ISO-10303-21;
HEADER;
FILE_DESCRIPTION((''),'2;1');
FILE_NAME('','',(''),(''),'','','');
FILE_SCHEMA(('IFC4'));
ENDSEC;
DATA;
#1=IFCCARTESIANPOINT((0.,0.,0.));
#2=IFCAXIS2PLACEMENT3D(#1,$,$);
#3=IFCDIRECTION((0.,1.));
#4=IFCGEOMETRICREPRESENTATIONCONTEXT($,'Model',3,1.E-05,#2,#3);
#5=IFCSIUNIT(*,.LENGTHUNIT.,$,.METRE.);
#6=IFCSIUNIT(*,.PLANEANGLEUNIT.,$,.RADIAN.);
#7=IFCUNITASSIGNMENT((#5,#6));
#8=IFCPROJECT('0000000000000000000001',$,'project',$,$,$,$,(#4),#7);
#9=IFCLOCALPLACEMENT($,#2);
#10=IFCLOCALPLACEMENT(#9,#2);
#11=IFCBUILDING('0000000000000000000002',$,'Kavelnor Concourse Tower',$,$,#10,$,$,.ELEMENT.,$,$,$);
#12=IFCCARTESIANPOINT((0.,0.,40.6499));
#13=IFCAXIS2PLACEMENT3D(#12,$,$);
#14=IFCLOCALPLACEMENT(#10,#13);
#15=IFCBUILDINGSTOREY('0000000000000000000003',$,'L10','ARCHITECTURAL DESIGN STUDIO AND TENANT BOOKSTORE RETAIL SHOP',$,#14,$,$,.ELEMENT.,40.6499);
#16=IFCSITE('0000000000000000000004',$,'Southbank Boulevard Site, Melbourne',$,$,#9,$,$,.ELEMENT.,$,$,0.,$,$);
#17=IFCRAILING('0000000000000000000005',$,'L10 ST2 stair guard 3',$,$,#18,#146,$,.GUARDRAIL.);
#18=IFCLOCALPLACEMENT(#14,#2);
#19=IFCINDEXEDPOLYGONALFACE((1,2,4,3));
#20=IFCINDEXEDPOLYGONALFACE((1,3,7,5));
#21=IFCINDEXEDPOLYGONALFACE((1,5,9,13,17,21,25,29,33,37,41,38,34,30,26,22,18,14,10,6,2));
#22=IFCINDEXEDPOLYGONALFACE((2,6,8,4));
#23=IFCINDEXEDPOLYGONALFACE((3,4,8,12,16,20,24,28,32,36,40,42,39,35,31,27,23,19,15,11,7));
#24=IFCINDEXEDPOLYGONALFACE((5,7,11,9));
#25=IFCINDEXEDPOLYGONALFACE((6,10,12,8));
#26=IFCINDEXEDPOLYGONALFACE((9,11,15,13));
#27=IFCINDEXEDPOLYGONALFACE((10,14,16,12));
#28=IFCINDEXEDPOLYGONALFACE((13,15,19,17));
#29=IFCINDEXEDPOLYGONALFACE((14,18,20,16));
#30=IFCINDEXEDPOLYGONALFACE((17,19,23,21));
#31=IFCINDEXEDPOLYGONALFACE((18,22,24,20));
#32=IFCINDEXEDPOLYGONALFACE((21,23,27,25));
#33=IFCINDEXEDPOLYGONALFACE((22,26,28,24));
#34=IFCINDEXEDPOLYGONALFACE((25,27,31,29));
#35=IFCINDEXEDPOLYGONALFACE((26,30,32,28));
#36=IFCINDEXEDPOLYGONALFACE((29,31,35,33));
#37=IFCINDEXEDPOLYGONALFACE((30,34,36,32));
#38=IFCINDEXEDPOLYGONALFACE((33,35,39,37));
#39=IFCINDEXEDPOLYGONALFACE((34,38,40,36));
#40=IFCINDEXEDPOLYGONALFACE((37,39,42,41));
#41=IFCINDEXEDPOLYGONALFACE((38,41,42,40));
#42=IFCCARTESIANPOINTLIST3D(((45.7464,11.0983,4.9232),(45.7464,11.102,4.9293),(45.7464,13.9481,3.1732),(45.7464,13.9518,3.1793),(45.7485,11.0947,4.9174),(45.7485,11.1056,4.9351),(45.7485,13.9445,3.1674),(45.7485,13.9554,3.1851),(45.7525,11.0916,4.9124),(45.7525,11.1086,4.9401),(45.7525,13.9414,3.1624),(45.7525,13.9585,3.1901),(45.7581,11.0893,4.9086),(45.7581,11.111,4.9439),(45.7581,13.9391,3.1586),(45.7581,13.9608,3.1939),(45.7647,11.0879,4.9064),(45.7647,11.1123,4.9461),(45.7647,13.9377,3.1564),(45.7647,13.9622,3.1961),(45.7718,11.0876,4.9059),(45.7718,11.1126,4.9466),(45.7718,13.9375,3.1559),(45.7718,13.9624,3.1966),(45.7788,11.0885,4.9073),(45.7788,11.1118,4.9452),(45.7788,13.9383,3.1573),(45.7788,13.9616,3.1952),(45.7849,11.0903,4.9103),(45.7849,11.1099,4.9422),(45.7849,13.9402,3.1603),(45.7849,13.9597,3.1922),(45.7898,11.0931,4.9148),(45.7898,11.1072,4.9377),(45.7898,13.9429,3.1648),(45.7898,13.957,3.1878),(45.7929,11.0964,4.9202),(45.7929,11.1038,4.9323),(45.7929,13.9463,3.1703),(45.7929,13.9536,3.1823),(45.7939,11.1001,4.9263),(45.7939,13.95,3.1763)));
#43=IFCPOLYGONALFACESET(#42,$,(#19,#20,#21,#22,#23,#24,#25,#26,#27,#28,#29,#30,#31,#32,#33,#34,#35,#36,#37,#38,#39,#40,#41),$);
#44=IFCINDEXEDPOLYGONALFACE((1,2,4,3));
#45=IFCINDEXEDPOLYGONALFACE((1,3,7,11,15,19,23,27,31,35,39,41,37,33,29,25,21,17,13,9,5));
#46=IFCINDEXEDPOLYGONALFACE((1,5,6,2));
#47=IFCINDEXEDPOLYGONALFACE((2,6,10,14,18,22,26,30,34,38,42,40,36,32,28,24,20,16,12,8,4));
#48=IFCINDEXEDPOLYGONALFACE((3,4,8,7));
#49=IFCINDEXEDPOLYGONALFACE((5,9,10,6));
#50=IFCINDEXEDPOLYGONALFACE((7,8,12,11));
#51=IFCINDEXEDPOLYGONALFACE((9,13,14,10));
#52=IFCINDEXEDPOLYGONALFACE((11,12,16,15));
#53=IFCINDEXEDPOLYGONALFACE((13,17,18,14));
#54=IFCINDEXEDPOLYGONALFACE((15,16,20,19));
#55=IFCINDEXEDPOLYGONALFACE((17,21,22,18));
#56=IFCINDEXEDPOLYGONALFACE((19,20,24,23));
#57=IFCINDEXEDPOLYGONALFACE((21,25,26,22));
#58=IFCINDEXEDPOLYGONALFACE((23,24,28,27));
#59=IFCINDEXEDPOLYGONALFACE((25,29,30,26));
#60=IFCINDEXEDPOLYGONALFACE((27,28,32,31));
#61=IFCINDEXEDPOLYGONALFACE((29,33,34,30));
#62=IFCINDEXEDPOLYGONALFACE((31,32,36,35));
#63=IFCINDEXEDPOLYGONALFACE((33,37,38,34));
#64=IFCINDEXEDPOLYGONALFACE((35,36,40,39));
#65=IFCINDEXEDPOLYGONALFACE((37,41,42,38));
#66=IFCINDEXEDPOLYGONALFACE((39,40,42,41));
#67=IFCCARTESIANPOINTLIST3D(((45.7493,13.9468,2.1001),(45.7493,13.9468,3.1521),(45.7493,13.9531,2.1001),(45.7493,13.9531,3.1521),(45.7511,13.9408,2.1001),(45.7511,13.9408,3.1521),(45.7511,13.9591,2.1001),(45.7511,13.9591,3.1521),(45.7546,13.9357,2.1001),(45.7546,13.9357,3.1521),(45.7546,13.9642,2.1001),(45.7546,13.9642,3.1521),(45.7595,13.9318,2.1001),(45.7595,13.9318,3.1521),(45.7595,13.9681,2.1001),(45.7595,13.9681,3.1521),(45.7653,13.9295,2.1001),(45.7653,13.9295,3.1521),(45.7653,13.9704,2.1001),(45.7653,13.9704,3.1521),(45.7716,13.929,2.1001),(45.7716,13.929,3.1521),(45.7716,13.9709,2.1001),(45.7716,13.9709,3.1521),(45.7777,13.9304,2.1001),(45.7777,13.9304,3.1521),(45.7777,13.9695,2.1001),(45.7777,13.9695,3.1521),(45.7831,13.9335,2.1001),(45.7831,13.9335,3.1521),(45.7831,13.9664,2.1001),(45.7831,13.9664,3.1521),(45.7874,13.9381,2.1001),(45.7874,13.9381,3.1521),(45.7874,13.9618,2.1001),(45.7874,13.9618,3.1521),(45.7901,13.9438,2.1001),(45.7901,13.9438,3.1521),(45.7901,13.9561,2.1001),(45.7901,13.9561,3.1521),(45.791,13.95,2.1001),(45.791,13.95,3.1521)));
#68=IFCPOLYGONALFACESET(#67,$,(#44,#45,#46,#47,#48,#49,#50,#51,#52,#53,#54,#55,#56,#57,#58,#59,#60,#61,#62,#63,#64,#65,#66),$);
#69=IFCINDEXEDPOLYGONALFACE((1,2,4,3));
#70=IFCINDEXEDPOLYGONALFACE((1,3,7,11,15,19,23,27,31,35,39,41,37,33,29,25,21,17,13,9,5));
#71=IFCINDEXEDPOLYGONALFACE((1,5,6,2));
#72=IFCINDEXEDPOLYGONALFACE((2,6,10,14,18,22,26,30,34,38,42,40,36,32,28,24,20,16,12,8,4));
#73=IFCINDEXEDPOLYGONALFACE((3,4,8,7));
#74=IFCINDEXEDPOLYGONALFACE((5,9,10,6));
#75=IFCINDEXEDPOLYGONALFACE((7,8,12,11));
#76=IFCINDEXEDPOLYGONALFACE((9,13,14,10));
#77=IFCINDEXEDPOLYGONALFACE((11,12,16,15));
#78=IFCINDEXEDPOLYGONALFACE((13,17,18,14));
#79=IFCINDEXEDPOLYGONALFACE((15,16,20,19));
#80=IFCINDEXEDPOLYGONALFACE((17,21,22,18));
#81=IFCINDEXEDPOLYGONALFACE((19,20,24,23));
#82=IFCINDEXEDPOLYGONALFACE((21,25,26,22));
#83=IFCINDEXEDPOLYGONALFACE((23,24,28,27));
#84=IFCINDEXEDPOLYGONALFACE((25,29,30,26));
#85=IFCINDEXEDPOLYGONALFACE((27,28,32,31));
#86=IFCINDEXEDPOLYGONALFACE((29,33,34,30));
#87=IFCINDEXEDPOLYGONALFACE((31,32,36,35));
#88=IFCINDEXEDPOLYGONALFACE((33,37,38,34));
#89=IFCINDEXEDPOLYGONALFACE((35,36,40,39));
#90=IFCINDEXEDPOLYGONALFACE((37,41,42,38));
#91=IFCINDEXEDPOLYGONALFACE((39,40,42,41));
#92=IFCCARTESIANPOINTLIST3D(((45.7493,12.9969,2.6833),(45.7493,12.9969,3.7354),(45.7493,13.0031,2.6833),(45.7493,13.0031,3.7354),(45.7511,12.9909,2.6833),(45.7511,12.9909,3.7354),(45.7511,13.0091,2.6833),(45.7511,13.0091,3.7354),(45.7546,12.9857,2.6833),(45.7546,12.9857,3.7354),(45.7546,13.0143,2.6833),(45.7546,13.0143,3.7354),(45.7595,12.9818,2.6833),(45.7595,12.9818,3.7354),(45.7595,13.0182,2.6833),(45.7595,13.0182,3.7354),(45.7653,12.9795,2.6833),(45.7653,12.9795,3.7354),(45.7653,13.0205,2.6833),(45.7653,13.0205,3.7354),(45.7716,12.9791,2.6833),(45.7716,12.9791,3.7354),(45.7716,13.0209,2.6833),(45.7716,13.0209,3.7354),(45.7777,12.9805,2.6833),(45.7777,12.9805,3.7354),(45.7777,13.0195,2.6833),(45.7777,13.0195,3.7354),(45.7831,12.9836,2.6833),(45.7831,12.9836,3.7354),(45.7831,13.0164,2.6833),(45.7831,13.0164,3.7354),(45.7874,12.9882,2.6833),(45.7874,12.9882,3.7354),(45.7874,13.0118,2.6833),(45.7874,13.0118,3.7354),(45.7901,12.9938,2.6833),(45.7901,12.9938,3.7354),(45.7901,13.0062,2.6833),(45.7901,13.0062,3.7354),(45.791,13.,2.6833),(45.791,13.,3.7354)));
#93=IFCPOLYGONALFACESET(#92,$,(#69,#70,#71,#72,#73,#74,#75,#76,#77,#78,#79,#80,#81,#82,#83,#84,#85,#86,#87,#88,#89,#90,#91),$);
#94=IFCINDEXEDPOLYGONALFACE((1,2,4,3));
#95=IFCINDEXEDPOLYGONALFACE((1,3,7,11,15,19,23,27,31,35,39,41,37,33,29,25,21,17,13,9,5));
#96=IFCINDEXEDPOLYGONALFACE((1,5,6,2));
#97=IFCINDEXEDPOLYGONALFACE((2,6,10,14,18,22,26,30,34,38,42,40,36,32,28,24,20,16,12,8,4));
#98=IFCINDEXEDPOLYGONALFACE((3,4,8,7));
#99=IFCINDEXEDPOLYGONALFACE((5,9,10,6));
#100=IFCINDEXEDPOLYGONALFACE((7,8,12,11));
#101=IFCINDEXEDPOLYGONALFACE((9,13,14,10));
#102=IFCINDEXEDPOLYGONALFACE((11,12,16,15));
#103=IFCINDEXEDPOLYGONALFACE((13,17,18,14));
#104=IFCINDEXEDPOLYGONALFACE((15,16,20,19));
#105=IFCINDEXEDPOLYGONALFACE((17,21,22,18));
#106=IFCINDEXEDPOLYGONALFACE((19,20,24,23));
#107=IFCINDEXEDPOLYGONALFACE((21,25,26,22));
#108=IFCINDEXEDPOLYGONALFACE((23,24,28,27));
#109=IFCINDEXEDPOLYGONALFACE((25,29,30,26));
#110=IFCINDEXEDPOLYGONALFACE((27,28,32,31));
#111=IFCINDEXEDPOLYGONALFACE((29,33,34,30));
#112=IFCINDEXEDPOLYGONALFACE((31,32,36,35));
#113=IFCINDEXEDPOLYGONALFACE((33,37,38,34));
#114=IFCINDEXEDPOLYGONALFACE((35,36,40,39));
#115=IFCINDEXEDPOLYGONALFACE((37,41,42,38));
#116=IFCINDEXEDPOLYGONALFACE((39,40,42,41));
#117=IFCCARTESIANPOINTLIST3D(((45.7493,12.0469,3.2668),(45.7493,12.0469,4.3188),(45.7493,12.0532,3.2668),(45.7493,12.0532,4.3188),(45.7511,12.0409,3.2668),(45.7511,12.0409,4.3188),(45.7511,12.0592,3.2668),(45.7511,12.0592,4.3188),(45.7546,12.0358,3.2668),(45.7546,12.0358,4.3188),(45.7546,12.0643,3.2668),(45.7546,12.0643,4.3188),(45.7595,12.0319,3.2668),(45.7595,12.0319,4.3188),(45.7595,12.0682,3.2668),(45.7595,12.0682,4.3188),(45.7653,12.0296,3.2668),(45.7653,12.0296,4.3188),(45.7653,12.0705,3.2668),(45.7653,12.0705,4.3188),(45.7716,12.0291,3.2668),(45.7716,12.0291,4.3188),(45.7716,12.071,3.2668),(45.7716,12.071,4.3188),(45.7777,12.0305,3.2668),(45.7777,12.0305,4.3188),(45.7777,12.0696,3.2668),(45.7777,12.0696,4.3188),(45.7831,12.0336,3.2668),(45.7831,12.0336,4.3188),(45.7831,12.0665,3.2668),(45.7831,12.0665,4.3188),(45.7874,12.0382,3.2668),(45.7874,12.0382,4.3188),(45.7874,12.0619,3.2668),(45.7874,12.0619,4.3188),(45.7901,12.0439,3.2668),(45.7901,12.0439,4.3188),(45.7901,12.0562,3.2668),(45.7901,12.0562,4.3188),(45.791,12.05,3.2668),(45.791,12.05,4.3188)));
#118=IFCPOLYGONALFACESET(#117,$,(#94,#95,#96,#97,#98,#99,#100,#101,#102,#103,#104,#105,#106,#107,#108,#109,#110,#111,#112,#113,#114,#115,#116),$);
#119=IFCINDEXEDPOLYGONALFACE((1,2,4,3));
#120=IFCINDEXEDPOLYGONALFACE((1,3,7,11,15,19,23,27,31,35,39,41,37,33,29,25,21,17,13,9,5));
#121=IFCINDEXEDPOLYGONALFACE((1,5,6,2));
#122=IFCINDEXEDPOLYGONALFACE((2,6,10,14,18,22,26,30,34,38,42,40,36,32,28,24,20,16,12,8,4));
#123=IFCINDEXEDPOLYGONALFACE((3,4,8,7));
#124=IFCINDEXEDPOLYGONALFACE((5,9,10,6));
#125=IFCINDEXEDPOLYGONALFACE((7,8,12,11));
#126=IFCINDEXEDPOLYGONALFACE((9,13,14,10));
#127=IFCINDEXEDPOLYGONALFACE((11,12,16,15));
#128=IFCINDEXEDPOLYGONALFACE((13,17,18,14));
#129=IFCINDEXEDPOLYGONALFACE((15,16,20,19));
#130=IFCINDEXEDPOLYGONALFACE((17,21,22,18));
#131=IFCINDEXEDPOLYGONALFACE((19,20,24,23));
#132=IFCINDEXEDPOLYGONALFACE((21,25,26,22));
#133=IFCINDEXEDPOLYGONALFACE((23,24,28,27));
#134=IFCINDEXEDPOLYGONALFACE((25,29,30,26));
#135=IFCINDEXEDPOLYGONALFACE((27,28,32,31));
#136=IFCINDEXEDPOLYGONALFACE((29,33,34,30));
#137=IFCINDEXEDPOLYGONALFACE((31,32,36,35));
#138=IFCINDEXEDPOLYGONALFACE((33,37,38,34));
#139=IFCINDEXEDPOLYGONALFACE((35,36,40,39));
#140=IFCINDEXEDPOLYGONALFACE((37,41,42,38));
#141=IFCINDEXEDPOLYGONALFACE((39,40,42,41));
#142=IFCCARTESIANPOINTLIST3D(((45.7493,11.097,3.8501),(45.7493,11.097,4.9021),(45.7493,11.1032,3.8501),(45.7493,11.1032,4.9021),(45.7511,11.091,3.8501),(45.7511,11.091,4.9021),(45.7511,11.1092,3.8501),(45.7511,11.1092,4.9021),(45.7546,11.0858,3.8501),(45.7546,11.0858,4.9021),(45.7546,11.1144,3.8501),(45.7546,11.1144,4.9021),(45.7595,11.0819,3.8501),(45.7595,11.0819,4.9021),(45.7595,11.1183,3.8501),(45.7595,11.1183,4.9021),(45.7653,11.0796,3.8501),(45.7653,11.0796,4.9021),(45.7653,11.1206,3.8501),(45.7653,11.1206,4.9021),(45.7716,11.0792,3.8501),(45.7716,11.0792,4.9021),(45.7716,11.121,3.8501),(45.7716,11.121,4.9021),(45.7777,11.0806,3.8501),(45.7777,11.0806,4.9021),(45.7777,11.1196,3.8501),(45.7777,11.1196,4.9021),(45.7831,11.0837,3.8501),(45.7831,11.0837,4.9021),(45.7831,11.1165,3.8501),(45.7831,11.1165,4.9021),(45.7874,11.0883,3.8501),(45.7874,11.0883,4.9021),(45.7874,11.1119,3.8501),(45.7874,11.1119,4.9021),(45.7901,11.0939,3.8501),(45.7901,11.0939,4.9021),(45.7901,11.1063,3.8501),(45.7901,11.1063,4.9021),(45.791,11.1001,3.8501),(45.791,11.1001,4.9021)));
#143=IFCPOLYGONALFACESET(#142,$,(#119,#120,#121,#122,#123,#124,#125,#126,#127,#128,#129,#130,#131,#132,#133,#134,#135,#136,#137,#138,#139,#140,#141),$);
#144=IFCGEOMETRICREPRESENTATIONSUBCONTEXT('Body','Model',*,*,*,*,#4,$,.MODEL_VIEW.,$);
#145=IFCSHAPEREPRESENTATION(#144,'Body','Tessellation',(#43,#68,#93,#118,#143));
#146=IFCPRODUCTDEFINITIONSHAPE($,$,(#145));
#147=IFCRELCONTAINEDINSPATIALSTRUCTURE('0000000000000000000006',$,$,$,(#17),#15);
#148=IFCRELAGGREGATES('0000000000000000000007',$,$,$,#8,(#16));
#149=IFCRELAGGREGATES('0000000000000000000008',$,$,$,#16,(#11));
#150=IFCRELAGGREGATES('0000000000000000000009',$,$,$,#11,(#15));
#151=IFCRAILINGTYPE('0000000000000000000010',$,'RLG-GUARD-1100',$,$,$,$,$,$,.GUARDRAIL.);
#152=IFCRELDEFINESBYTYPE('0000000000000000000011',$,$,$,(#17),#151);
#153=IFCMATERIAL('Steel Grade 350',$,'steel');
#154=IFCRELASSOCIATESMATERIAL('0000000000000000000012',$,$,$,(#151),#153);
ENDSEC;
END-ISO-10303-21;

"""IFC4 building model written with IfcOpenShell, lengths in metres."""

from ifc_helpers import new_model, si_unit, direction, frame, origin, origin_2d, place, context, subcontext, project, spatial, circle, extrude, material, type_object, element, save


model = new_model("IFC4")

# Units and contexts
model_context = context("Model", 3, precision=1e-05, world=origin(), true_north=direction((0.0, 1.0)))
body_context = subcontext(model_context, "Body", "Model", "MODEL_VIEW")
ifc_project = project(units=[si_unit("LENGTHUNIT", "METRE"), si_unit("PLANEANGLEUNIT", "RADIAN")], contexts=[model_context])

# Site, building, storey
site_placement = place(None, origin())
site = spatial("IfcSite", under=ifc_project, at=site_placement, Name="Southbank Boulevard Site, Melbourne", CompositionType="ELEMENT", RefElevation=0.0)
building_placement = place(site_placement, origin())
building = spatial("IfcBuilding", under=site, at=building_placement, Name="Kavelnor Concourse Tower", CompositionType="ELEMENT")
storey_placement = place(building_placement, frame((0.0, 0.0, 40.6499)))
storey = spatial("IfcBuildingStorey", under=building, at=storey_placement, Name="L10", Description="ARCHITECTURAL DESIGN STUDIO AND TENANT BOOKSTORE RETAIL SHOP", CompositionType="ELEMENT", Elevation=40.6499)

# Shared definitions
ifc_material_1 = material(Name="Steel Grade 350", Category="steel")

# Railing
railing_type_1 = type_object("IfcRailingType", Name="RLG-GUARD-1100", PredefinedType="GUARDRAIL", material=ifc_material_1)
railing_1_placement = place(storey_placement, frame((45.77, 13.95, 2.1001)))
element("IfcRailing", 1, at=railing_1_placement, inside=storey, type_object=railing_type_1, Name="L10 ST2 stair guard 3", PredefinedType="GUARDRAIL", context=body_context, shape_type="SweptSolid", body=[
    extrude(circle(Radius=0.0239, at=origin_2d()), frame((0.0, 0.0, 1.0762), z_axis=(0.0, -0.852159, 0.523283), x_axis=(1.0, 0.0, 0.0)), (0.0, 0.0, 1.0), 3.3442),
    extrude(circle(Radius=0.021, at=origin_2d()), origin(), (0.0, 0.0, 1.0), 1.052),
    extrude(circle(Radius=0.021, at=origin_2d()), frame((0.0, -0.95, 0.5833)), (0.0, 0.0, 1.0), 1.052),
    extrude(circle(Radius=0.021, at=origin_2d()), frame((0.0, -1.8999, 1.1667)), (0.0, 0.0, 1.0), 1.052),
    extrude(circle(Radius=0.021, at=origin_2d()), frame((0.0, -2.8499, 1.75)), (0.0, 0.0, 1.0), 1.052),
])

save(model, "model.ifc")
